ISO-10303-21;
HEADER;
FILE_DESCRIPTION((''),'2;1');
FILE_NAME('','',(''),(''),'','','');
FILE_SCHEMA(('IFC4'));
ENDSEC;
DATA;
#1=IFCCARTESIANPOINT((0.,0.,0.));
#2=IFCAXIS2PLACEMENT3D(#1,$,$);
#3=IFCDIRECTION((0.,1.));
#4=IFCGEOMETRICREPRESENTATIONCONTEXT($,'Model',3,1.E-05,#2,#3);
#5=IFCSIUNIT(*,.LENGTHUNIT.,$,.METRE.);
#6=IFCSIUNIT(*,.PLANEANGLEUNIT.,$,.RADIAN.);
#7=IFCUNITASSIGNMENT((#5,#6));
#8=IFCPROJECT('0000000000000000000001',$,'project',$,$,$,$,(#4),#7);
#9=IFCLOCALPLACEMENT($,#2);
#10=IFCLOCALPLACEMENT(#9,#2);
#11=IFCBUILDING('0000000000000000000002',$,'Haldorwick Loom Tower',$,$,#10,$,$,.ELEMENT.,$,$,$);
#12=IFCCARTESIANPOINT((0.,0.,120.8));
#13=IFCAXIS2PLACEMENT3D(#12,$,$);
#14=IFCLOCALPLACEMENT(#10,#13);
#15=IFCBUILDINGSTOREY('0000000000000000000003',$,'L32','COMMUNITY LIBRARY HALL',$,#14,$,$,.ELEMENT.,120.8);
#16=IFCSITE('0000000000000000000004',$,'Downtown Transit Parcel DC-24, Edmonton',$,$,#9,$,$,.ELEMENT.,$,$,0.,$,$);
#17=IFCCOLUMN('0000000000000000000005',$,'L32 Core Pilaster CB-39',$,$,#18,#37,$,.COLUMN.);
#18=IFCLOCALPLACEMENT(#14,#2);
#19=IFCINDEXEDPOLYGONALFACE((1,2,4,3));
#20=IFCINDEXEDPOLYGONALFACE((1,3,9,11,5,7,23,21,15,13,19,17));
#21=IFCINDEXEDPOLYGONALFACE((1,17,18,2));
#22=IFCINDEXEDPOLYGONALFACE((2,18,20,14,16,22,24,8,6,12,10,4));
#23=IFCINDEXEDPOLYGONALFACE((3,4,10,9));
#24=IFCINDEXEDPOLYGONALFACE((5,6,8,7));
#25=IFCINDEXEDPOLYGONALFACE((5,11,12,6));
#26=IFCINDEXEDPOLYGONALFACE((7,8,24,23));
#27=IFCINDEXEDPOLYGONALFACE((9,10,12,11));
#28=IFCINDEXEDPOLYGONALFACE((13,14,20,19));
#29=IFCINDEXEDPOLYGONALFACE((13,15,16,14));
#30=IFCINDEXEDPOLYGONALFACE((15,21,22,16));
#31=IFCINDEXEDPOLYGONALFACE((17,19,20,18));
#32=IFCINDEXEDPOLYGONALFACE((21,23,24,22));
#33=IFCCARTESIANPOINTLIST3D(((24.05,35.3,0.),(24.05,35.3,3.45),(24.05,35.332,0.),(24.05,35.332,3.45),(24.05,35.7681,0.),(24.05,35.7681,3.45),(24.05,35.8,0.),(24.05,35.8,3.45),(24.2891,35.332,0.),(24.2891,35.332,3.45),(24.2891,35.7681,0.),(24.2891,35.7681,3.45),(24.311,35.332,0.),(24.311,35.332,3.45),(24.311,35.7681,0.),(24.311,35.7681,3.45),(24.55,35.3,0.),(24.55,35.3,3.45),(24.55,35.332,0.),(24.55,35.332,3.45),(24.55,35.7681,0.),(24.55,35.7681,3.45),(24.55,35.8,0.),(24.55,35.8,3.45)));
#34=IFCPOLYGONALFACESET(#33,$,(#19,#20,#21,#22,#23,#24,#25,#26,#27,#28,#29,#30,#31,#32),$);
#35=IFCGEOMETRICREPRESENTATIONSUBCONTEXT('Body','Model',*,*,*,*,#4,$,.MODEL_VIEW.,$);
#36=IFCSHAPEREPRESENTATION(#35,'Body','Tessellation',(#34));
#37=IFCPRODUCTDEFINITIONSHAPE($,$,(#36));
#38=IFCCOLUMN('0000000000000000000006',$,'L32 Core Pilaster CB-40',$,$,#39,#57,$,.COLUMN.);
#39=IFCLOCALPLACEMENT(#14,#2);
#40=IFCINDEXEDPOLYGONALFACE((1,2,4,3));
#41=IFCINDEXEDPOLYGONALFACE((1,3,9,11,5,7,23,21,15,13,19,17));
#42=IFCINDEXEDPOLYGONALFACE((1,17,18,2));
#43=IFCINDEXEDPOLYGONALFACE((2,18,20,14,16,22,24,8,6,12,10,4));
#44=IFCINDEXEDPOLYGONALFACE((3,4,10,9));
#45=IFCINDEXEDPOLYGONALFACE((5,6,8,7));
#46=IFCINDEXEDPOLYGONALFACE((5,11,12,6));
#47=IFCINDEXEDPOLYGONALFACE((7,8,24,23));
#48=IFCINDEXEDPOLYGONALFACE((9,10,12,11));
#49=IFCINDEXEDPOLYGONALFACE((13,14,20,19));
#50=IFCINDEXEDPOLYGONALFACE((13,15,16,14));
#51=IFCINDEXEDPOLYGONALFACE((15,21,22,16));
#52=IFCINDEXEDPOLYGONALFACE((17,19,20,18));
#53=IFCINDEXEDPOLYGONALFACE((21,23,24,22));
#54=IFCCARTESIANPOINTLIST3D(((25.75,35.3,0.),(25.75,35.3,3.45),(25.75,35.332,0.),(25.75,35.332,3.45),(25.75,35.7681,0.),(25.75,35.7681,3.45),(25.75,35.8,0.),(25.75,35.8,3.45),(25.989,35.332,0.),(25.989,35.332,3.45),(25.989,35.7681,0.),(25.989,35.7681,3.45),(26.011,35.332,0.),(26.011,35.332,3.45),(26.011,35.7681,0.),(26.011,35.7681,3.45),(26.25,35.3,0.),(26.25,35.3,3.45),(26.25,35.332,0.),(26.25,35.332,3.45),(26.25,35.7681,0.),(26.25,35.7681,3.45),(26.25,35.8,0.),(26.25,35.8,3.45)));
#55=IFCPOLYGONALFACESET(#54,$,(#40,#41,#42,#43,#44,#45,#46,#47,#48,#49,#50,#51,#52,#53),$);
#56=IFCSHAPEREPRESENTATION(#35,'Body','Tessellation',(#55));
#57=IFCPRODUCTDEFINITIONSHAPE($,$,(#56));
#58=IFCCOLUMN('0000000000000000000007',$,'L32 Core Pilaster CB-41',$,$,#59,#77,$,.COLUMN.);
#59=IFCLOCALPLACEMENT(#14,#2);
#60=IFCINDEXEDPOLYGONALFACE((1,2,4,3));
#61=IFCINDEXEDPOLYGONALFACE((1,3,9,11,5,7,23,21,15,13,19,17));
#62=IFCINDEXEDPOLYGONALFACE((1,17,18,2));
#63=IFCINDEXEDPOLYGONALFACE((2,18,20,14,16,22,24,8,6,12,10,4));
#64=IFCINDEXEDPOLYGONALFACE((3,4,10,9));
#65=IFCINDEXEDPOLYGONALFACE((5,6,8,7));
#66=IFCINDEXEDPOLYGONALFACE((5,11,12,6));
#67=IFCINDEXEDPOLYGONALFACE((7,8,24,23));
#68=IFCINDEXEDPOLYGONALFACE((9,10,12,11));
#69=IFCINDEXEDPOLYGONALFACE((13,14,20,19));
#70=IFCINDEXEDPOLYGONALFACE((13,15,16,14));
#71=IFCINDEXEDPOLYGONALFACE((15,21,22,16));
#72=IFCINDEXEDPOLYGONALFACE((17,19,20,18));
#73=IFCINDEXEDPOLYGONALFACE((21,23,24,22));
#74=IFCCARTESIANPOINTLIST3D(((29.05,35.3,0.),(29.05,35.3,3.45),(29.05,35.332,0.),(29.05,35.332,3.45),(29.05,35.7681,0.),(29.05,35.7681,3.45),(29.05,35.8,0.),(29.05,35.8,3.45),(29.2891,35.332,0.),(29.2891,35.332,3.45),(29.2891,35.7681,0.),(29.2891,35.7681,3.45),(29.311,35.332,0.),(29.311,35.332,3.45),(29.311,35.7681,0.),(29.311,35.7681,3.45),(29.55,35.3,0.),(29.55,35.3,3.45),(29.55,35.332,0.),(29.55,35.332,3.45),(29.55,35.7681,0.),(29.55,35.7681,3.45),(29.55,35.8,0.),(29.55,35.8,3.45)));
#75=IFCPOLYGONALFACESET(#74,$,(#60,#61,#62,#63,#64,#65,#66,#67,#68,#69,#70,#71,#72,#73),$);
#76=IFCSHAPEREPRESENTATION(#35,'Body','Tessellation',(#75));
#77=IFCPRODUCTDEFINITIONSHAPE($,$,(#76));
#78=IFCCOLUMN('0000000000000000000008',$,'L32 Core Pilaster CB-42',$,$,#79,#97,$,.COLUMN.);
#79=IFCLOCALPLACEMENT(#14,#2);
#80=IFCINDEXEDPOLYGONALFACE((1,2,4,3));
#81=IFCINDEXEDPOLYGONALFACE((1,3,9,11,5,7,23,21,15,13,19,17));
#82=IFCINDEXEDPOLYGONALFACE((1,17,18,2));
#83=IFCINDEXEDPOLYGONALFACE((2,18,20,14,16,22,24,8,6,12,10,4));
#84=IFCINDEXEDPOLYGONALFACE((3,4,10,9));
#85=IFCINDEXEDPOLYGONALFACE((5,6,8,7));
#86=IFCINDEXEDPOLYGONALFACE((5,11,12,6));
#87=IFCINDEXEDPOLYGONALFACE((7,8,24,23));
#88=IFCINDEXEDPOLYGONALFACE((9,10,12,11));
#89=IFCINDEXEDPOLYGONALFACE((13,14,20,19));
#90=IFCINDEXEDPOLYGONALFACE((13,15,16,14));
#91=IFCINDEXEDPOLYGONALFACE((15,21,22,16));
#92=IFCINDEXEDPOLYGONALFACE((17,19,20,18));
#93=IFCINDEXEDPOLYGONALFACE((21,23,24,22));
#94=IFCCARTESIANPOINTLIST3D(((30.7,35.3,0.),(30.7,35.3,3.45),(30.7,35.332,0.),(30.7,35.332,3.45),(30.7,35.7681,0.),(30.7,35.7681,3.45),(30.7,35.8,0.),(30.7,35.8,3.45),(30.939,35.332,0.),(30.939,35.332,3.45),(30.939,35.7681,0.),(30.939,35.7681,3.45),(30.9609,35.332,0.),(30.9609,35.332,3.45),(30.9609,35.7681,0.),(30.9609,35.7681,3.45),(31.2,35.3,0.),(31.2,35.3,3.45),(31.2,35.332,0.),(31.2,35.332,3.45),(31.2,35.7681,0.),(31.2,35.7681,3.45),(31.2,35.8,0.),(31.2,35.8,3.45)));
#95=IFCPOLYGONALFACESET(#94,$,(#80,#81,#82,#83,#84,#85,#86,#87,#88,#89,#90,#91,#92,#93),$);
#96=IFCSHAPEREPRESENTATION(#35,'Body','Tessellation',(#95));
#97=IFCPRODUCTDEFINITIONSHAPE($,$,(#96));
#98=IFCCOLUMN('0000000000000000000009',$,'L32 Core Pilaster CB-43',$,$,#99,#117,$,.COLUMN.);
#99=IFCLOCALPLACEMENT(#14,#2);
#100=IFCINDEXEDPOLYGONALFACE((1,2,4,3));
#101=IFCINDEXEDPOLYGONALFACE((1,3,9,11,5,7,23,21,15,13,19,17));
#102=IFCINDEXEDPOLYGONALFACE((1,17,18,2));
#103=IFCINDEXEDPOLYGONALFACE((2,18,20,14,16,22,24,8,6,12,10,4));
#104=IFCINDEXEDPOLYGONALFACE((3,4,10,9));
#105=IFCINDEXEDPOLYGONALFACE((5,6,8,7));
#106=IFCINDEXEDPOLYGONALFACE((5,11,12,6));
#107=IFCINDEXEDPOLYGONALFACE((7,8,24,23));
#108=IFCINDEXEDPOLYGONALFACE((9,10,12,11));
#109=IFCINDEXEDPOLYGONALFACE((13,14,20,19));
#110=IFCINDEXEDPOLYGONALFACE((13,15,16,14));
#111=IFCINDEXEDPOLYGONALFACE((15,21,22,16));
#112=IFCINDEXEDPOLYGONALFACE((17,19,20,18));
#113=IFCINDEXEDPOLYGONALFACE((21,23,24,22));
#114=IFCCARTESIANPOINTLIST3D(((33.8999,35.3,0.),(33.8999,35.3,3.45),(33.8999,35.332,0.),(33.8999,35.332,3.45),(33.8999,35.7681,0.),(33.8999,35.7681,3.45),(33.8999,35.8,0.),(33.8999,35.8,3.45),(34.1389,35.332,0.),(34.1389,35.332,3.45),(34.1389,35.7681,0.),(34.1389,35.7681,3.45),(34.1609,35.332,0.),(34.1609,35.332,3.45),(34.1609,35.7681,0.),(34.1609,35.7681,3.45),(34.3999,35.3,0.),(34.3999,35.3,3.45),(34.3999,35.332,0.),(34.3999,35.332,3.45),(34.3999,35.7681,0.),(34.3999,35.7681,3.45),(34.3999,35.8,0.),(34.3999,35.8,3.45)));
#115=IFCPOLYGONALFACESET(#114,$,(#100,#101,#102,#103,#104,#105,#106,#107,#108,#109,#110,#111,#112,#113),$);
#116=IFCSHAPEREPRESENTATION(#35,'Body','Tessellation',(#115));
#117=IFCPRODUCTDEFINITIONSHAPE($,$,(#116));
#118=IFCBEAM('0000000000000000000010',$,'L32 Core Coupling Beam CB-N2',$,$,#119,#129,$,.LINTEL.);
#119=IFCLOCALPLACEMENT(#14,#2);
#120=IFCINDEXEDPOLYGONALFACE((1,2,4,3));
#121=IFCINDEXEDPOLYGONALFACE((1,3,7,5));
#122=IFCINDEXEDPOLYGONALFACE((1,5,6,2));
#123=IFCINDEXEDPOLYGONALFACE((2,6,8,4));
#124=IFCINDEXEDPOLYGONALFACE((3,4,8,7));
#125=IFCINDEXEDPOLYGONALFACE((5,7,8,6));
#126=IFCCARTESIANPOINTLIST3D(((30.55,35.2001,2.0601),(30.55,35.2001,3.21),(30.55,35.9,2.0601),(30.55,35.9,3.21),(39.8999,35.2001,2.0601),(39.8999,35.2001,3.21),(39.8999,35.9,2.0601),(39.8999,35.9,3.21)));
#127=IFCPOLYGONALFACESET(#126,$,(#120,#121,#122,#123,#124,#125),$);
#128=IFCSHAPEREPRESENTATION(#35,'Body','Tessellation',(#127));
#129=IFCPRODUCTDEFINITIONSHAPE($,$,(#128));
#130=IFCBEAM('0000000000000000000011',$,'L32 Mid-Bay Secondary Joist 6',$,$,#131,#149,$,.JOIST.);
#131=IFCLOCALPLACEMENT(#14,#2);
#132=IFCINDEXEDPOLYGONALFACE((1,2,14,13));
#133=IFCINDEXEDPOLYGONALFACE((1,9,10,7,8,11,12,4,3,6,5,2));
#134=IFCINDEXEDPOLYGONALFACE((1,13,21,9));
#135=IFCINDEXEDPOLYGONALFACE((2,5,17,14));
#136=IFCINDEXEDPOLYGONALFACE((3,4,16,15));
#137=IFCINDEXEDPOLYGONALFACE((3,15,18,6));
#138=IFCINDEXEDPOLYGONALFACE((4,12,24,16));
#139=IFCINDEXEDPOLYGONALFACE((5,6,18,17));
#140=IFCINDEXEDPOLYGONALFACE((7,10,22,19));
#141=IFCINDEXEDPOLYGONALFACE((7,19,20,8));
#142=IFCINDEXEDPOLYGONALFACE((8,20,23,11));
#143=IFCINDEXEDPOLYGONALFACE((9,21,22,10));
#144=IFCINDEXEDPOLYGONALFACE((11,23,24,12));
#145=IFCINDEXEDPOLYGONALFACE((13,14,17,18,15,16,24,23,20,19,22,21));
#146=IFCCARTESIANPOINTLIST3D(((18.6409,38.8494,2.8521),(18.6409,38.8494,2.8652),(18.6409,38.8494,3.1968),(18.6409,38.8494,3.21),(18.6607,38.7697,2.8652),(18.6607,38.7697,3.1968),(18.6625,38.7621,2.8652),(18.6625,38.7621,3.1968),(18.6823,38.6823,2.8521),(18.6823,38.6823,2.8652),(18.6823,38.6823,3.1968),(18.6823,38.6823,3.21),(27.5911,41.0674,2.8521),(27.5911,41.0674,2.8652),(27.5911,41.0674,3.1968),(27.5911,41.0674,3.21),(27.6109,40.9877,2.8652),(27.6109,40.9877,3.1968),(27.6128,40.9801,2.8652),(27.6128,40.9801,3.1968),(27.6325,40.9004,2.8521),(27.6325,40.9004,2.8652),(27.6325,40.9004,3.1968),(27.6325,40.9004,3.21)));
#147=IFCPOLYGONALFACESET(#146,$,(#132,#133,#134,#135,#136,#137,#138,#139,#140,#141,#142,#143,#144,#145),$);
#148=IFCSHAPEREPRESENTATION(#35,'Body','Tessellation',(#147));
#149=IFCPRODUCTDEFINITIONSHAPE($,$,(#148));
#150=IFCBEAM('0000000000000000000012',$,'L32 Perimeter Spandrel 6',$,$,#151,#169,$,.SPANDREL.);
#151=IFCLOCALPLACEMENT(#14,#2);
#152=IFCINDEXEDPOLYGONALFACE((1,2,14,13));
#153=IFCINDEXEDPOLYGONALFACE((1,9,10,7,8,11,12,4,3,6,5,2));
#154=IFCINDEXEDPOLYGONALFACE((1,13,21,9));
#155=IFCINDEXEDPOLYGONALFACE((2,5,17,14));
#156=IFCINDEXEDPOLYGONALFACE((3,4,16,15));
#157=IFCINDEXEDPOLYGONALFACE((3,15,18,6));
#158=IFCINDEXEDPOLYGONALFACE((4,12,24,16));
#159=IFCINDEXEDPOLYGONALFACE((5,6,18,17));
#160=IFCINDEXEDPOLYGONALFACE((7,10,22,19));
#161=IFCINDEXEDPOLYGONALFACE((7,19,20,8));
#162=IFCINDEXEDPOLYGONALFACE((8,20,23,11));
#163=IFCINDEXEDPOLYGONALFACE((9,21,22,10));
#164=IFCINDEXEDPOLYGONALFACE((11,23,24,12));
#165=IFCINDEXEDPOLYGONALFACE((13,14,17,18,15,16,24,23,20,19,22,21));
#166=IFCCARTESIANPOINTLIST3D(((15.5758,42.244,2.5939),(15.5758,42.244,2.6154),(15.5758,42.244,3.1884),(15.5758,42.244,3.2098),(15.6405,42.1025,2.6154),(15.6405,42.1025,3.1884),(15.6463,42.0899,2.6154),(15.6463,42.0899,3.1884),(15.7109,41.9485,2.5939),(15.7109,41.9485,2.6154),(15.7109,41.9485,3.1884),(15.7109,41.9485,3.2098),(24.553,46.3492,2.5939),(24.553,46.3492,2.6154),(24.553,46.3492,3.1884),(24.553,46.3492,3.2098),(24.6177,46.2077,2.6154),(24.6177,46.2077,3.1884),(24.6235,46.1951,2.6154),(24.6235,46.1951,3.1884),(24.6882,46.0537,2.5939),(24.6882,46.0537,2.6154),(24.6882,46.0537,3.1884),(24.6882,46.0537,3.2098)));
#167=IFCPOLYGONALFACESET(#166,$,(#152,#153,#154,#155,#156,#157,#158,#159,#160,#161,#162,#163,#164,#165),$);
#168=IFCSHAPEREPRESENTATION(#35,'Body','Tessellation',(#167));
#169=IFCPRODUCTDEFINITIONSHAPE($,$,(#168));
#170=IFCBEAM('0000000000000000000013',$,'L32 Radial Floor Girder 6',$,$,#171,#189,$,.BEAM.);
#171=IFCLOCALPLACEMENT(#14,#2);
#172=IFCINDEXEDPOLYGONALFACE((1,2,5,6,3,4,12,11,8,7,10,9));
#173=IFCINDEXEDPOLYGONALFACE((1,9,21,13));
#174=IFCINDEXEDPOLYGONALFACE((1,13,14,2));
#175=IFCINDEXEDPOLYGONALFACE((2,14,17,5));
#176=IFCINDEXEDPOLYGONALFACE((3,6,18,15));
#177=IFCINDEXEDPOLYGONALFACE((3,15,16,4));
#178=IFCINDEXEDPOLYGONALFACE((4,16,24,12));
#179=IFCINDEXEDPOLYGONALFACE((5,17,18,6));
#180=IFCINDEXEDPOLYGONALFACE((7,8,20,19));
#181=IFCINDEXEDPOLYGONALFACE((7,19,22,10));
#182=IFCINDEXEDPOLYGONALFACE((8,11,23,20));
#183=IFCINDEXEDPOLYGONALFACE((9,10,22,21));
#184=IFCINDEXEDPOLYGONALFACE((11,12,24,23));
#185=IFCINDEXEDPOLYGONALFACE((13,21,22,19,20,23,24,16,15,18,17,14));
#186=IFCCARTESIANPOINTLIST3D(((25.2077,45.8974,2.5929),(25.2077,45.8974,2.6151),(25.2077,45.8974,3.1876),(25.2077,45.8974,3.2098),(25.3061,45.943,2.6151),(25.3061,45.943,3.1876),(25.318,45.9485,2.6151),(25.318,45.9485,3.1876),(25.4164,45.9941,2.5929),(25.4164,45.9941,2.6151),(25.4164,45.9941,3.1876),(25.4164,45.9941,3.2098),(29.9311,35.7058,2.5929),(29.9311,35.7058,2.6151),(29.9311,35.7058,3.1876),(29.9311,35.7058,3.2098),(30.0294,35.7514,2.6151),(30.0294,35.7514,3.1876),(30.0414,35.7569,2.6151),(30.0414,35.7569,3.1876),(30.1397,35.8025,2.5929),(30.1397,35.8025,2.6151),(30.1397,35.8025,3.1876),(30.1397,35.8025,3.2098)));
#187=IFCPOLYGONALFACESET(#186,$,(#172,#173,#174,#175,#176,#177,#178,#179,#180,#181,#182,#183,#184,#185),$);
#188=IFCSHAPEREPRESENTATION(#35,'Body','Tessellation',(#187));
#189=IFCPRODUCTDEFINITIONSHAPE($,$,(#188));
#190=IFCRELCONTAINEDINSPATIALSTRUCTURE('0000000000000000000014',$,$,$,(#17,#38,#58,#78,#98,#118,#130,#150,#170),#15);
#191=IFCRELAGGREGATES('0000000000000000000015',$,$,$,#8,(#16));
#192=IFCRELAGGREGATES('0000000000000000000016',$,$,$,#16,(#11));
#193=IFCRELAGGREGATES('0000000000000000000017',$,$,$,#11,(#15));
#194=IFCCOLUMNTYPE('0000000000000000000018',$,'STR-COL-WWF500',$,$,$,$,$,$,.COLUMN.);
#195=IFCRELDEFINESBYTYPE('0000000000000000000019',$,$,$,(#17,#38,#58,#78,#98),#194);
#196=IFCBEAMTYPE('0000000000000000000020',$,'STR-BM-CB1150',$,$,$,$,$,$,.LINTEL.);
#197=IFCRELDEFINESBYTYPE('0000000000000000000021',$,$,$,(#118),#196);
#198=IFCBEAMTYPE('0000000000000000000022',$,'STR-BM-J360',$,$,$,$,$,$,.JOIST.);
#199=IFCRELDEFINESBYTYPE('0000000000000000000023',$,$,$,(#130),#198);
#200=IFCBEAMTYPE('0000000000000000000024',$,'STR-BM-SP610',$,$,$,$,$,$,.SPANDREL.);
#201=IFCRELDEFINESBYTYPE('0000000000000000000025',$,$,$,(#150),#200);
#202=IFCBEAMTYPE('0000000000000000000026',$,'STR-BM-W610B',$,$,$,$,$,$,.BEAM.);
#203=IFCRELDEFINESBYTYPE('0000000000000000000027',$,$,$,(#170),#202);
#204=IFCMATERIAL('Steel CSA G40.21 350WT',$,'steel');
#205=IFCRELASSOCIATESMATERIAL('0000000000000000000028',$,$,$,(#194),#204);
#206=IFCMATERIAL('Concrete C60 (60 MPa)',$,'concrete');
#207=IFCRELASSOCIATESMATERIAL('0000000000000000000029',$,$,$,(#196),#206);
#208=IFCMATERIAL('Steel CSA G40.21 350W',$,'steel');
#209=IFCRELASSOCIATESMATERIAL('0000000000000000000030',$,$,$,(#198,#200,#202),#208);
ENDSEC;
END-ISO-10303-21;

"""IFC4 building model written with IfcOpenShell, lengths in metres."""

from ifc_helpers import new_model, si_unit, direction, frame, origin, origin_2d, place, context, subcontext, project, spatial, rectangle, i_section, extrude, material, material_profile, profile_set, type_object, element, save


model = new_model("IFC4")

# Units and contexts
model_context = context("Model", 3, precision=1e-05, world=origin(), true_north=direction((0.0, 1.0)))
body_context = subcontext(model_context, "Body", "Model", "MODEL_VIEW")
ifc_project = project(units=[si_unit("LENGTHUNIT", "METRE"), si_unit("PLANEANGLEUNIT", "RADIAN")], contexts=[model_context])

# Site, building, storey
site_placement = place(None, origin())
site = spatial("IfcSite", under=ifc_project, at=site_placement, Name="Downtown Transit Parcel DC-24, Edmonton", CompositionType="ELEMENT", RefElevation=0.0)
building_placement = place(site_placement, origin())
building = spatial("IfcBuilding", under=site, at=building_placement, Name="Haldorwick Loom Tower", CompositionType="ELEMENT")
storey_placement = place(building_placement, frame((0.0, 0.0, 120.8)))
storey = spatial("IfcBuildingStorey", under=building, at=storey_placement, Name="L32", Description="COMMUNITY LIBRARY HALL", CompositionType="ELEMENT", Elevation=120.8)

# Columns
ifc_material_1 = material(Name="Concrete C60 (60 MPa)", Category="concrete")
ifc_material_2 = material(Name="Steel CSA G40.21 350WT", Category="steel")
ifc_material_profile_1 = material_profile(ifc_material_2, i_section(OverallWidth=0.5, OverallDepth=0.5, WebThickness=0.022, FlangeThickness=0.032, at=origin_2d()), Name="WWF500X500", Category="steel")
ifc_profile_set_1 = profile_set([ifc_material_profile_1], Name="Steel CSA G40.21 350WT")
column_type_1 = type_object("IfcColumnType", Name="STR-COL-WWF500", PredefinedType="COLUMN", material=ifc_profile_set_1)
for number, where, z_axis, x_axis, name in (
    (1, (24.3, 35.55, 0.0), (0.0, 0.0, 1.0), (1.0, 0.0, 0.0), "L32 Core Pilaster CB-39"),
    (2, (26.0, 35.55, 0.0), (0.0, 0.0, 1.0), (1.0, 0.0, 0.0), "L32 Core Pilaster CB-40"),
    (3, (29.3, 35.55, 0.0), (0.0, 0.0, 1.0), (1.0, 0.0, 0.0), "L32 Core Pilaster CB-41"),
    (4, (30.95, 35.55, 0.0), (0.0, 0.0, 1.0), (1.0, 0.0, 0.0), "L32 Core Pilaster CB-42"),
    (5, (34.1499, 35.55, 0.0), (0.0, 0.0, 1.0), (1.0, 0.0, 0.0), "L32 Core Pilaster CB-43"),
):
    element("IfcColumn", number, at=place(storey_placement, frame(where, z_axis=z_axis, x_axis=x_axis)), inside=storey, type_object=column_type_1, Name=name, PredefinedType="COLUMN", context=body_context, shape_type="SweptSolid", body=[
        extrude(i_section(OverallWidth=0.5, OverallDepth=0.5, WebThickness=0.022, FlangeThickness=0.032, at=origin_2d()), origin(), (0.0, 0.0, 1.0), 3.45),
    ])

# Beams
ifc_material_profile_2 = material_profile(ifc_material_1, rectangle(XDim=0.7, YDim=1.1499, at=origin_2d()), Name="RC700X1150", Category="concrete")
ifc_profile_set_2 = profile_set([ifc_material_profile_2], Name="Concrete C60 (60 MPa)")
beam_type_1 = type_object("IfcBeamType", Name="STR-BM-CB1150", PredefinedType="LINTEL", material=ifc_profile_set_2)
beam_1_placement = place(storey_placement, frame((30.55, 35.55, 2.635), z_axis=(1.0, 0.0, 0.0), x_axis=(0.0, 1.0, 0.0)))
element("IfcBeam", 6, at=beam_1_placement, inside=storey, type_object=beam_type_1, Name="L32 Core Coupling Beam CB-N2", PredefinedType="LINTEL", context=body_context, shape_type="SweptSolid", body=[
    extrude(rectangle(XDim=0.7, YDim=1.1499, at=origin_2d()), origin(), (0.0, 0.0, 1.0), 9.3499),
])
ifc_material_3 = material(Name="Steel CSA G40.21 350W", Category="steel")
ifc_material_profile_3 = material_profile(ifc_material_3, i_section(OverallWidth=0.1721, OverallDepth=0.3579, WebThickness=0.0078, FlangeThickness=0.0132, at=origin_2d()), Name="W360X57", Category="steel")
ifc_profile_set_3 = profile_set([ifc_material_profile_3], Name="Steel CSA G40.21 350W")
beam_type_2 = type_object("IfcBeamType", Name="STR-BM-J360", PredefinedType="JOIST", material=ifc_profile_set_3)
beam_2_placement = place(storey_placement, frame((27.6118, 40.9839, 3.031), z_axis=(-0.970639, -0.240542, 0.0), x_axis=(0.240542, -0.970639, 0.0)))
element("IfcBeam", 7, at=beam_2_placement, inside=storey, type_object=beam_type_2, Name="L32 Mid-Bay Secondary Joist 6", PredefinedType="JOIST", context=body_context, shape_type="SweptSolid", body=[
    extrude(i_section(OverallWidth=0.1721, OverallDepth=0.3579, WebThickness=0.0078, FlangeThickness=0.0132, at=origin_2d()), origin(), (0.0, 0.0, 1.0), 9.2209),
])
ifc_material_profile_4 = material_profile(ifc_material_3, i_section(OverallWidth=0.325, OverallDepth=0.616, WebThickness=0.0139, FlangeThickness=0.0215, at=origin_2d()), Name="W610X174", Category="steel")
ifc_profile_set_4 = profile_set([ifc_material_profile_4], Name="Steel CSA G40.21 350W")
beam_type_3 = type_object("IfcBeamType", Name="STR-BM-SP610", PredefinedType="SPANDREL", material=ifc_profile_set_4)
beam_3_placement = place(storey_placement, frame((24.6206, 46.2014, 2.9019), z_axis=(-0.909424, -0.41587, 0.0), x_axis=(0.41587, -0.909424, 0.0)))
element("IfcBeam", 8, at=beam_3_placement, inside=storey, type_object=beam_type_3, Name="L32 Perimeter Spandrel 6", PredefinedType="SPANDREL", context=body_context, shape_type="SweptSolid", body=[
    extrude(i_section(OverallWidth=0.325, OverallDepth=0.616, WebThickness=0.0139, FlangeThickness=0.0215, at=origin_2d()), origin(), (0.0, 0.0, 1.0), 9.8713),
])
ifc_material_profile_5 = material_profile(ifc_material_3, i_section(OverallWidth=0.23, OverallDepth=0.6169, WebThickness=0.0132, FlangeThickness=0.0222, at=origin_2d()), Name="W610X140", Category="steel")
ifc_profile_set_5 = profile_set([ifc_material_profile_5], Name="Steel CSA G40.21 350W")
beam_type_4 = type_object("IfcBeamType", Name="STR-BM-W610B", PredefinedType="BEAM", material=ifc_profile_set_5)
beam_4_placement = place(storey_placement, frame((30.0354, 35.7542, 2.9014), z_axis=(-0.420492, 0.907296, 0.0), x_axis=(-0.907296, -0.420492, 0.0)))
element("IfcBeam", 9, at=beam_4_placement, inside=storey, type_object=beam_type_4, Name="L32 Radial Floor Girder 6", PredefinedType="BEAM", context=body_context, shape_type="SweptSolid", body=[
    extrude(i_section(OverallWidth=0.23, OverallDepth=0.6169, WebThickness=0.0132, FlangeThickness=0.0222, at=origin_2d()), origin(), (0.0, 0.0, 1.0), 11.2329),
])

save(model, "model.ifc")
